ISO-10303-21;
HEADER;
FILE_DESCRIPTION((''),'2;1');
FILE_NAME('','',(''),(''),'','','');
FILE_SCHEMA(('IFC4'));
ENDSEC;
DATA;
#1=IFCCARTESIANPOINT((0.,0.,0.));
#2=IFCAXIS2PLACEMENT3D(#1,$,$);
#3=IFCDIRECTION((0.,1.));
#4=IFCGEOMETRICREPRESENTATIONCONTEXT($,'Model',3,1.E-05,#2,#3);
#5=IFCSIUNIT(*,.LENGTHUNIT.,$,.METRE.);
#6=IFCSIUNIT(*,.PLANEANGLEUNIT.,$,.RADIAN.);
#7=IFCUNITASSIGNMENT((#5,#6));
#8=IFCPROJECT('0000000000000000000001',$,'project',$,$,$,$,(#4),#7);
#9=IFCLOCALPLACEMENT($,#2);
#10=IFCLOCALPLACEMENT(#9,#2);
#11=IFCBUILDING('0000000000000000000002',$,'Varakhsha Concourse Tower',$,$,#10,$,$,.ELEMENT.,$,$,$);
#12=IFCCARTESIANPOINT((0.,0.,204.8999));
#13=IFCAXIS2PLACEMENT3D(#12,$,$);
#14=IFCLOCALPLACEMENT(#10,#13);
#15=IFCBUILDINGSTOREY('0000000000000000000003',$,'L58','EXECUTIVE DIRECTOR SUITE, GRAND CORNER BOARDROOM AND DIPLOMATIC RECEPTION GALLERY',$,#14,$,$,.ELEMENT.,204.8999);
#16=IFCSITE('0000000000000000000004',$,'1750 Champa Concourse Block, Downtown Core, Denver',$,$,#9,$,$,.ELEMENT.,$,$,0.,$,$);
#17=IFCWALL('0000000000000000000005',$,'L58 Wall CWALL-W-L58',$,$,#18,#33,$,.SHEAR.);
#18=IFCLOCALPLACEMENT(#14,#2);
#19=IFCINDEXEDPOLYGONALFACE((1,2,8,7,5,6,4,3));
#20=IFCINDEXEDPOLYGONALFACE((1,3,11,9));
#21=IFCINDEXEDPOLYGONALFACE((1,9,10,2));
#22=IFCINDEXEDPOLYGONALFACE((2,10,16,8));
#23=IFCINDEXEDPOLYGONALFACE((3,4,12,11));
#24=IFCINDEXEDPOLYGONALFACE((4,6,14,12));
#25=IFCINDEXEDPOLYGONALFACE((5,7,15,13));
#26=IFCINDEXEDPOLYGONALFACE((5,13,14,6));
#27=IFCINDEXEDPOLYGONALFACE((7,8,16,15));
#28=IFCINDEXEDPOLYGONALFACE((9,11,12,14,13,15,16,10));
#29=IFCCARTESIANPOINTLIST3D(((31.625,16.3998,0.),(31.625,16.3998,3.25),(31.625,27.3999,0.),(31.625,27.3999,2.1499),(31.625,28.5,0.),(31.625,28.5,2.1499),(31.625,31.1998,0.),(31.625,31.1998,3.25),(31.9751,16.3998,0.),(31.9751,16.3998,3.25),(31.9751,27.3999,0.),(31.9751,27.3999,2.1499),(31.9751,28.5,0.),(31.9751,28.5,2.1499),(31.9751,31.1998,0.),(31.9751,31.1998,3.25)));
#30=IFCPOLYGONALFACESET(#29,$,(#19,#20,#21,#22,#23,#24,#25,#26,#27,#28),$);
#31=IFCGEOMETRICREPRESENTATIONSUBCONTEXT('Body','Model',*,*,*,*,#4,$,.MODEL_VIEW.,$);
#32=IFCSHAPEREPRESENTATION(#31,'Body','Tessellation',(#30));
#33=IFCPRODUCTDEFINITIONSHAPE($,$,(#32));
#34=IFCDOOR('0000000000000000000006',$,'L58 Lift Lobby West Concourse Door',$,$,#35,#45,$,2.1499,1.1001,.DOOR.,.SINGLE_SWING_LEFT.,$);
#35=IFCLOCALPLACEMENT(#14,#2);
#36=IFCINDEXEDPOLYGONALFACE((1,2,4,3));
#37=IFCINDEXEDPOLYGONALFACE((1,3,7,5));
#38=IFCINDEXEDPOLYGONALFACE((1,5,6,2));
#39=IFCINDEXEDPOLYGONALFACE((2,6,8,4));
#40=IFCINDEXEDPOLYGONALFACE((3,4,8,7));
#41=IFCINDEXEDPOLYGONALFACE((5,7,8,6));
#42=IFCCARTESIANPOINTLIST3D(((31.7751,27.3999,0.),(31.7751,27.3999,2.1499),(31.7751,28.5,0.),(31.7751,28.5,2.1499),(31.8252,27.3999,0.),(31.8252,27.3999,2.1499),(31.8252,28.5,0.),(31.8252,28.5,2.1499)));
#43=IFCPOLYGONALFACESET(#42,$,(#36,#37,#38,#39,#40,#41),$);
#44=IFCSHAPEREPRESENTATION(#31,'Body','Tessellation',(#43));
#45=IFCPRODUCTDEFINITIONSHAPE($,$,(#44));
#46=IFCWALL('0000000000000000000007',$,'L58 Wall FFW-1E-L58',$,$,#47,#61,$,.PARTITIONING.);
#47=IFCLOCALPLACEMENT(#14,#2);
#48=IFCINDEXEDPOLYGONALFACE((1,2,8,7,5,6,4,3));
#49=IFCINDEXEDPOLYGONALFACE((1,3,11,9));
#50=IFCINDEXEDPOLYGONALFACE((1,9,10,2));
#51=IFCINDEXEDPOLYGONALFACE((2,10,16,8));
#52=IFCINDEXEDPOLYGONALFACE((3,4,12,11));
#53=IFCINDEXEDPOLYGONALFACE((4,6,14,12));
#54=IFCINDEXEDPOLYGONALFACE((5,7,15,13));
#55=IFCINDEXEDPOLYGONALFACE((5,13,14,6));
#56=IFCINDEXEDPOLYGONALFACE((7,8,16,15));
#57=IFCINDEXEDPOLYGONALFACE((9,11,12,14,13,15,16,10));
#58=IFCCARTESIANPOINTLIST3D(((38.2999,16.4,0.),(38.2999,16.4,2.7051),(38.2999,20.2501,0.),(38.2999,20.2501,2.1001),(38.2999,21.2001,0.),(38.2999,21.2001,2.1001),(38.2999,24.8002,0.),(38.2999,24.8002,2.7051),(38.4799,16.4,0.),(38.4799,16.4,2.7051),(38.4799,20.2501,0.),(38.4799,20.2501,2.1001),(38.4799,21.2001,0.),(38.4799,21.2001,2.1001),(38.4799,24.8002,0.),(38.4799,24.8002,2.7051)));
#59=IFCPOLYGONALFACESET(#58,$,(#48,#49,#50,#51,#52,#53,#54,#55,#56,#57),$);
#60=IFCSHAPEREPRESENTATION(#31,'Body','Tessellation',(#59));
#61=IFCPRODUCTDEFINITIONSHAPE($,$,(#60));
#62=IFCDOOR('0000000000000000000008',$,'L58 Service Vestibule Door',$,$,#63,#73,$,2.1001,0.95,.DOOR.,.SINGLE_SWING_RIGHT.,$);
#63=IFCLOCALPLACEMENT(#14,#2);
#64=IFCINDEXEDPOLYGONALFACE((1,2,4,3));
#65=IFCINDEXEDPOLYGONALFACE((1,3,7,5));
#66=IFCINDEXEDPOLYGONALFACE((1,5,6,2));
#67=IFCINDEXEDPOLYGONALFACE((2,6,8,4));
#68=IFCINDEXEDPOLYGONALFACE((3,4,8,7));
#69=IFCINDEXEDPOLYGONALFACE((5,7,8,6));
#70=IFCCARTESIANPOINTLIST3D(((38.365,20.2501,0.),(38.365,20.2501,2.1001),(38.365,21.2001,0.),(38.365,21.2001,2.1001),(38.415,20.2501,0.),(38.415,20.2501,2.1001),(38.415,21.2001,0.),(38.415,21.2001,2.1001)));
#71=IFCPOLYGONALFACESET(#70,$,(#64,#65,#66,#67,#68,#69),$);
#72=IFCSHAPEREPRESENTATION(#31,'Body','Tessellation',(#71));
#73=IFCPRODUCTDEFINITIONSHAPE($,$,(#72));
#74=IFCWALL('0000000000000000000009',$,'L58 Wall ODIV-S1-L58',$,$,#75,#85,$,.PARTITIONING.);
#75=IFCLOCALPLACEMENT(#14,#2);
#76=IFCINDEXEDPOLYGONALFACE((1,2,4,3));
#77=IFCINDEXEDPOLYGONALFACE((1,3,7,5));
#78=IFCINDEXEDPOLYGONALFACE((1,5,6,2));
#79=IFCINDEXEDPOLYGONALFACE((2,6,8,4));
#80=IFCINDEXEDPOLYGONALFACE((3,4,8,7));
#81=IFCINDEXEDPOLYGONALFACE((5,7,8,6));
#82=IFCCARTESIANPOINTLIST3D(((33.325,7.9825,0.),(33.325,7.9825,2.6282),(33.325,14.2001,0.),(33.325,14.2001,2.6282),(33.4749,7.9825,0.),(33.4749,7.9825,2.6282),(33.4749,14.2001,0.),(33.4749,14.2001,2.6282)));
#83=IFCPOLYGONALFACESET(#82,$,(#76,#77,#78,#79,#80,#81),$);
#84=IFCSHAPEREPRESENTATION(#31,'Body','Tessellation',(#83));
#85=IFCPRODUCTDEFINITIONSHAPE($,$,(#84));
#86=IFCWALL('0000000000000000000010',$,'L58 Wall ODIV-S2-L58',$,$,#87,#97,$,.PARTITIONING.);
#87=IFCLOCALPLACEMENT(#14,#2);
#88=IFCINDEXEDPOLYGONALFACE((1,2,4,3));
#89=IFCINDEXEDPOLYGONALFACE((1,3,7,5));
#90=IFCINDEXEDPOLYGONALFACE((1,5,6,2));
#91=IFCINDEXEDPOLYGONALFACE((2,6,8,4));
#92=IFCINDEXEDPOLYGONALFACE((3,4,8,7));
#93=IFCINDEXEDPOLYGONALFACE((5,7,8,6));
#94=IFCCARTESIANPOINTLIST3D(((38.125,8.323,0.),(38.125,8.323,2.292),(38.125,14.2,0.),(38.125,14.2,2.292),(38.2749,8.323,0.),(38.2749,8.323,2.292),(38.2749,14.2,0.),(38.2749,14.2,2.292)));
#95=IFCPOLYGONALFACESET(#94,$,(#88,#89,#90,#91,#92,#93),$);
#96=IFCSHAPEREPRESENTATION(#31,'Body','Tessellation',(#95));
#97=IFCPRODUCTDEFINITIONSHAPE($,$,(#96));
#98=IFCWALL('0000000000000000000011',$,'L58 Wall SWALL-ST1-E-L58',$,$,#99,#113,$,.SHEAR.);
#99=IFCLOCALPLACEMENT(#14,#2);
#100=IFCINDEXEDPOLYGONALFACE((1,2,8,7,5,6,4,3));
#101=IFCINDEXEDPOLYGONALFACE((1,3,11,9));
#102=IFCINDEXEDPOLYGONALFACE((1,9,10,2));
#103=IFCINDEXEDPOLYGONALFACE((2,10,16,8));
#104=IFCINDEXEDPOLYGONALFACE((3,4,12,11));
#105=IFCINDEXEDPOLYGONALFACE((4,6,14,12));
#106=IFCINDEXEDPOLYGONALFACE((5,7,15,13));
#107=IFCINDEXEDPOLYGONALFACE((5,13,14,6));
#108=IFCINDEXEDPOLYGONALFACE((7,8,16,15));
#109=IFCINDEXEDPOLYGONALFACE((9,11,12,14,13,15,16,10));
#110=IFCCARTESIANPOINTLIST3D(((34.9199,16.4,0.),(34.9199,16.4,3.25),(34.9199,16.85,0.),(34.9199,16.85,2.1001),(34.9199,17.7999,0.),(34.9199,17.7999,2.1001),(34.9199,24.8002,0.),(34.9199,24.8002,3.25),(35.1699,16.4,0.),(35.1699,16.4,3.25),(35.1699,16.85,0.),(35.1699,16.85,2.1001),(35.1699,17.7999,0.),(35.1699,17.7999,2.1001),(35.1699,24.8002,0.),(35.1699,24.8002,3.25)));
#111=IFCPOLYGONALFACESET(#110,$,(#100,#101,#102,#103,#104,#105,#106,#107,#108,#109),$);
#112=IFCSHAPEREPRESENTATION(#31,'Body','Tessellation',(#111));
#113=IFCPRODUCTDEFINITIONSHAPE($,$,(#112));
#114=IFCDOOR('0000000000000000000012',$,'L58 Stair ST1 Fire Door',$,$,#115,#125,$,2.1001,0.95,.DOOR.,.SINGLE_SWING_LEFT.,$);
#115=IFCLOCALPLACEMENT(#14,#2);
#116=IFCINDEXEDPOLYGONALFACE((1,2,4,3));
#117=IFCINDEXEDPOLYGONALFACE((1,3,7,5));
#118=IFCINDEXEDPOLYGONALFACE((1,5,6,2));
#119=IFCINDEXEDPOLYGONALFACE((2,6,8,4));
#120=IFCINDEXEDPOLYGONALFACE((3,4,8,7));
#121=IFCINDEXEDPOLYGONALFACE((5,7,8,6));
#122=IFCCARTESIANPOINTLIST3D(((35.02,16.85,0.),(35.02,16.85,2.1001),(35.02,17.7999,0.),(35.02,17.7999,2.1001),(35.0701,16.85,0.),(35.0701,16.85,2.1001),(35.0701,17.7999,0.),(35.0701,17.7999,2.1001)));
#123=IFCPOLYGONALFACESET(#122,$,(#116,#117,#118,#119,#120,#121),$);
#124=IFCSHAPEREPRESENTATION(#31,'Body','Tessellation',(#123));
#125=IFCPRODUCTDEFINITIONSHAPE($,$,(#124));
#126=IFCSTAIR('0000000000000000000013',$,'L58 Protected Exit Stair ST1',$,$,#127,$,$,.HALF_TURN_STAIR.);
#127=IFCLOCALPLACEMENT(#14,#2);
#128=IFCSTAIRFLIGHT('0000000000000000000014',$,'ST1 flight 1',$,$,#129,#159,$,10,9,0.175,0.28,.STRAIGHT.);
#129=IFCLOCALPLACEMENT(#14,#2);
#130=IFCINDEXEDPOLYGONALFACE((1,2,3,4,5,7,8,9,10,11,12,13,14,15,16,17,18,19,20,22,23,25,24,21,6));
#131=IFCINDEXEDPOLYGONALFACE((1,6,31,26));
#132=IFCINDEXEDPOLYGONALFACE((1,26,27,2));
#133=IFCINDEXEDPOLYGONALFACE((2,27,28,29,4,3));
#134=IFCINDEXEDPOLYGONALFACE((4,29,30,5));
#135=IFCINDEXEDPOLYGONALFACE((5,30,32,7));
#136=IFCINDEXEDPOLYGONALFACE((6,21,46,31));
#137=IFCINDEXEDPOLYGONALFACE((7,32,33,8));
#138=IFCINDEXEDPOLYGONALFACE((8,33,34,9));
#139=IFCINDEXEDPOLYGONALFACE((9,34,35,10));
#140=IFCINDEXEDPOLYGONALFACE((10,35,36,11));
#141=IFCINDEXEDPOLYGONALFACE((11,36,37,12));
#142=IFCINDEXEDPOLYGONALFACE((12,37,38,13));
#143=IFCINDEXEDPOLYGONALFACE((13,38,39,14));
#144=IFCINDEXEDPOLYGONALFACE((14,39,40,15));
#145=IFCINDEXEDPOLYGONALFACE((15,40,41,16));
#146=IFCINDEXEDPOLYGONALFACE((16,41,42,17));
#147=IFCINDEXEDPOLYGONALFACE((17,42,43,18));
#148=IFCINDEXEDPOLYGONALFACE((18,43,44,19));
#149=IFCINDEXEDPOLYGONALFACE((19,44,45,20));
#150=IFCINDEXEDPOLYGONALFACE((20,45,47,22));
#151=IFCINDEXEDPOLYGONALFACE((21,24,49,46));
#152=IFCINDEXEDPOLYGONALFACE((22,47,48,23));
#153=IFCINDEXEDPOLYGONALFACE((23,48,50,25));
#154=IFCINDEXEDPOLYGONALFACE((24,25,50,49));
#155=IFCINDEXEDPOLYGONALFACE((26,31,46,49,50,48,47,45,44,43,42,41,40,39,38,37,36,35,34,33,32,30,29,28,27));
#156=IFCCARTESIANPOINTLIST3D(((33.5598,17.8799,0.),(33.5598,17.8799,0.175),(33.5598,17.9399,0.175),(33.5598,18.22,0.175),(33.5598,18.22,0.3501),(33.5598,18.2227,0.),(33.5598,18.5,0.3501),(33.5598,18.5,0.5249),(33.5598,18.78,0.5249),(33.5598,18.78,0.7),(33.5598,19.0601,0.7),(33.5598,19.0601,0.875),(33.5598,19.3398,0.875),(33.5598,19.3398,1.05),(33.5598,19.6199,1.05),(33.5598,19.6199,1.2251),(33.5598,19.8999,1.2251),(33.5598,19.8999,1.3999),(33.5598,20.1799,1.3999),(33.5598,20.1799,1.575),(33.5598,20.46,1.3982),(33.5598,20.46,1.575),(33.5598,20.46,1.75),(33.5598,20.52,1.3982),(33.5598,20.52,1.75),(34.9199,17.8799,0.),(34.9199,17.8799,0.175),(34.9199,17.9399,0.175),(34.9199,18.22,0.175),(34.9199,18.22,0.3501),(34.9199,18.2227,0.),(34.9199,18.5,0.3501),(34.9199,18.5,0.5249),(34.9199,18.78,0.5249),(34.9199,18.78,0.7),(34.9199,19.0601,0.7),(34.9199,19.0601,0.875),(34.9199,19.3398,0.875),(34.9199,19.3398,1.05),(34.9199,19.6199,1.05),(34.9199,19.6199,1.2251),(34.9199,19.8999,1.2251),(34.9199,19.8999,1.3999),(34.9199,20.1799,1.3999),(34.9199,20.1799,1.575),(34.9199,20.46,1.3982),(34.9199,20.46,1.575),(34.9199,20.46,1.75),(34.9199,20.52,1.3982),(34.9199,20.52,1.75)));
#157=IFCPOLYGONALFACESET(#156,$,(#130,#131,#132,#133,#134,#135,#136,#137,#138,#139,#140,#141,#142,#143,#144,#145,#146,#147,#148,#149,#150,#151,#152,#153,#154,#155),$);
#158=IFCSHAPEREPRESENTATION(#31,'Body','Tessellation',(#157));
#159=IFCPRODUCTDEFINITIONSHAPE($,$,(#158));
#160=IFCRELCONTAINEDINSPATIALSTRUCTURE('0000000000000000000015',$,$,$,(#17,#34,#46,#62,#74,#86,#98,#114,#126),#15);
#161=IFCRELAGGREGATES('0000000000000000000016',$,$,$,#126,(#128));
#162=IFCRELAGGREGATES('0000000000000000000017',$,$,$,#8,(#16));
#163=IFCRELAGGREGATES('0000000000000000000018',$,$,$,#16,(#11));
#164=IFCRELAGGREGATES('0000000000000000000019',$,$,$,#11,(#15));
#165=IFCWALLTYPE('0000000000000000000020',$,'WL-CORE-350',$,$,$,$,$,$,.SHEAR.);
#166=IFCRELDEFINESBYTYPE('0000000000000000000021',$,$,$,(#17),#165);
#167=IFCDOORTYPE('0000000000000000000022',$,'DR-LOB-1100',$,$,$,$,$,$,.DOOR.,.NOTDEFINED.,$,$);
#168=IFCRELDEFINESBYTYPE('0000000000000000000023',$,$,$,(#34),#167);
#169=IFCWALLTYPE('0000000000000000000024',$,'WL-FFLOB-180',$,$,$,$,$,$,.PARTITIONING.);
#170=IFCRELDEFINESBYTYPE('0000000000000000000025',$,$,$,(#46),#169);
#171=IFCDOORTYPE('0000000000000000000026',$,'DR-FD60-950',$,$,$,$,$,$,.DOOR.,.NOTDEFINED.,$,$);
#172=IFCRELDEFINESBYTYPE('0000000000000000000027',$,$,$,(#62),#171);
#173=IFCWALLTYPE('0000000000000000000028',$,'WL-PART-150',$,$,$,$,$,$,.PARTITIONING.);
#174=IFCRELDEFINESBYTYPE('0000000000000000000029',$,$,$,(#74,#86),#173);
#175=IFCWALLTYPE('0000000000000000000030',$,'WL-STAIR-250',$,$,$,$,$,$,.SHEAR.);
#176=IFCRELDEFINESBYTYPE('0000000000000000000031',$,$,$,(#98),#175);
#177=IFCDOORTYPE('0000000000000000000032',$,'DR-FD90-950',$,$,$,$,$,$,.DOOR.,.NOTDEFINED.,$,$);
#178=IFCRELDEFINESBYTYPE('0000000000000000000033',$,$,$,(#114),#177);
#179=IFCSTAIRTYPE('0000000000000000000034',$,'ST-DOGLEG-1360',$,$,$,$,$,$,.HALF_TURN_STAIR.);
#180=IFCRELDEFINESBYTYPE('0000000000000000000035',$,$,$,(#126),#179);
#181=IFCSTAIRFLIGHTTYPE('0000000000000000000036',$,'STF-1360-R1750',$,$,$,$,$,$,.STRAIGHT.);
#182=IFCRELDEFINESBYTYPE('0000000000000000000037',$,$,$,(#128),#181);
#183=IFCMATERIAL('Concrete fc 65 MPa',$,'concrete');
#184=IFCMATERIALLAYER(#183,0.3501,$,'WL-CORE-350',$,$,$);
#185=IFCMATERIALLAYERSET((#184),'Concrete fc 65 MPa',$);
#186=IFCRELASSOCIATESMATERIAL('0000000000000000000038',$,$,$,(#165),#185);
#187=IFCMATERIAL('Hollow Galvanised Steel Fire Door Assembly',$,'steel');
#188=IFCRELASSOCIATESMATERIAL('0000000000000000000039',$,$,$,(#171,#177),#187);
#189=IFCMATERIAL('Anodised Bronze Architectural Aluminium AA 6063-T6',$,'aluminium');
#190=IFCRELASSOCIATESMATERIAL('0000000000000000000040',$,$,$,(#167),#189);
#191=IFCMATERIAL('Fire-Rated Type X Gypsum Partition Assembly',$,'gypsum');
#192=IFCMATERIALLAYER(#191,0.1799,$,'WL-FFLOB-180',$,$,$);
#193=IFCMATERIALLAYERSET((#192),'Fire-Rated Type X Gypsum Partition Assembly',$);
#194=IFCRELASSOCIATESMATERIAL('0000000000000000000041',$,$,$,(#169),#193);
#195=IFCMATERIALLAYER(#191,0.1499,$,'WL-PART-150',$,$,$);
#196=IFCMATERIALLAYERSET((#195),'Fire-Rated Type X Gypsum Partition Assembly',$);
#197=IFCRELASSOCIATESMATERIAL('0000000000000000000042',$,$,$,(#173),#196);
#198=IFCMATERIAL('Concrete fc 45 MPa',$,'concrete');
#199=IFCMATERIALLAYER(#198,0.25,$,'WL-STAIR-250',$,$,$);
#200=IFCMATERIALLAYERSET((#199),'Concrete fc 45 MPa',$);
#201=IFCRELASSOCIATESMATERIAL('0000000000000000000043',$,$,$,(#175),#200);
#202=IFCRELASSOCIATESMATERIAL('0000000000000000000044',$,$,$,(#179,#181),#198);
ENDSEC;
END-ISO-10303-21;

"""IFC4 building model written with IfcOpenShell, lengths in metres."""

from ifc_helpers import new_model, si_unit, direction, frame, frame_2d, origin, place, context, subcontext, project, spatial, polyline, rectangle, outline, extrude, material, layer, layer_set, type_object, element, fill, aggregate, save


model = new_model("IFC4")

# Units and contexts
model_context = context("Model", 3, precision=1e-05, world=origin(), true_north=direction((0.0, 1.0)))
body_context = subcontext(model_context, "Body", "Model", "MODEL_VIEW")
ifc_project = project(units=[si_unit("LENGTHUNIT", "METRE"), si_unit("PLANEANGLEUNIT", "RADIAN")], contexts=[model_context])

# Site, building, storey
site_placement = place(None, origin())
site = spatial("IfcSite", under=ifc_project, at=site_placement, Name="1750 Champa Concourse Block, Downtown Core, Denver", CompositionType="ELEMENT", RefElevation=0.0)
building_placement = place(site_placement, origin())
building = spatial("IfcBuilding", under=site, at=building_placement, Name="Varakhsha Concourse Tower", CompositionType="ELEMENT")
storey_placement = place(building_placement, frame((0.0, 0.0, 204.8999)))
storey = spatial("IfcBuildingStorey", under=building, at=storey_placement, Name="L58", Description="EXECUTIVE DIRECTOR SUITE, GRAND CORNER BOARDROOM AND DIPLOMATIC RECEPTION GALLERY", CompositionType="ELEMENT", Elevation=204.8999)

# Shared definitions
ifc_material_1 = material(Name="Concrete fc 65 MPa", Category="concrete")

# Shared definitions
ifc_material_2 = material(Name="Anodised Bronze Architectural Aluminium AA 6063-T6", Category="aluminium")

# Shared definitions
ifc_layer_1 = layer(ifc_material_1, 0.3501, Name="WL-CORE-350")
ifc_layer_set_1 = layer_set([ifc_layer_1], Name="Concrete fc 65 MPa")
wall_type_1 = type_object("IfcWallType", Name="WL-CORE-350", PredefinedType="SHEAR", material=ifc_layer_set_1)
ifc_material_3 = material(Name="Hollow Galvanised Steel Fire Door Assembly", Category="steel")
door_type_1 = type_object("IfcDoorType", Name="DR-FD60-950", OperationType="NOTDEFINED", PredefinedType="DOOR", material=ifc_material_3)

# Walls, openings, doors
wall_1_placement = place(storey_placement, frame((31.8, 16.3999, 0.0), z_axis=(0.0, 0.0, 1.0), x_axis=(0.0, 1.0, 0.0)))
wall_1 = element("IfcWall", 1, at=wall_1_placement, inside=storey, type_object=wall_type_1, Name="L58 Wall CWALL-W-L58", PredefinedType="SHEAR", context=body_context, shape_type="SweptSolid", body=[
    extrude(rectangle(XDim=14.8, YDim=0.3501, at=frame_2d((7.3999, 0.0))), origin(), (0.0, 0.0, 1.0), 3.25),
])
opening_1_placement = place(wall_1_placement, frame((11.0, 0.0, 0.0)))
opening_1 = element("IfcOpeningElement", 2, at=opening_1_placement, cuts=wall_1, PredefinedType="OPENING", context=body_context, shape_type="SweptSolid", body=[
    extrude(rectangle(XDim=1.1001, YDim=2.1499, at=frame_2d((0.55, 1.075))), frame((0.0, 0.1851, 0.0), z_axis=(0.0, -1.0, 0.0), x_axis=(1.0, 0.0, 0.0)), (0.0, 0.0, 1.0), 0.3701),
])
door_type_2 = type_object("IfcDoorType", Name="DR-LOB-1100", OperationType="NOTDEFINED", PredefinedType="DOOR", material=ifc_material_2)
door_1_placement = place(opening_1_placement, origin())
door_1 = element("IfcDoor", 3, at=door_1_placement, inside=storey, type_object=door_type_2, Name="L58 Lift Lobby West Concourse Door", OperationType="SINGLE_SWING_LEFT", OverallHeight=2.1499, OverallWidth=1.1001, PredefinedType="DOOR", context=body_context, shape_type="SweptSolid", body=[
    extrude(rectangle(XDim=1.1001, YDim=2.1499, at=frame_2d((0.55, 1.075))), frame((0.0, 0.0249, 0.0), z_axis=(0.0, -1.0, 0.0), x_axis=(1.0, 0.0, 0.0)), (0.0, 0.0, 1.0), 0.05),
])
fill(opening_1, door_1)
ifc_material_4 = material(Name="Fire-Rated Type X Gypsum Partition Assembly", Category="gypsum")
ifc_layer_2 = layer(ifc_material_4, 0.1799, Name="WL-FFLOB-180")
ifc_layer_set_2 = layer_set([ifc_layer_2], Name="Fire-Rated Type X Gypsum Partition Assembly")
wall_type_2 = type_object("IfcWallType", Name="WL-FFLOB-180", PredefinedType="PARTITIONING", material=ifc_layer_set_2)
wall_2_placement = place(storey_placement, frame((38.3899, 16.3999, 0.0), z_axis=(0.0, 0.0, 1.0), x_axis=(0.0, 1.0, 0.0)))
wall_2 = element("IfcWall", 4, at=wall_2_placement, inside=storey, type_object=wall_type_2, Name="L58 Wall FFW-1E-L58", PredefinedType="PARTITIONING", context=body_context, shape_type="SweptSolid", body=[
    extrude(rectangle(XDim=8.4001, YDim=0.1799, at=frame_2d((4.2002, 0.0))), origin(), (0.0, 0.0, 1.0), 2.7051),
])
opening_2_placement = place(wall_2_placement, frame((3.8501, 0.0, 0.0)))
opening_2 = element("IfcOpeningElement", 5, at=opening_2_placement, cuts=wall_2, PredefinedType="OPENING", context=body_context, shape_type="SweptSolid", body=[
    extrude(rectangle(XDim=0.95, YDim=2.1001, at=frame_2d((0.4751, 1.05))), frame((0.0, 0.0999, 0.0), z_axis=(0.0, -1.0, 0.0), x_axis=(1.0, 0.0, 0.0)), (0.0, 0.0, 1.0), 0.2),
])
door_2_placement = place(opening_2_placement, origin())
door_2 = element("IfcDoor", 6, at=door_2_placement, inside=storey, type_object=door_type_1, Name="L58 Service Vestibule Door", OperationType="SINGLE_SWING_RIGHT", OverallHeight=2.1001, OverallWidth=0.95, PredefinedType="DOOR", context=body_context, shape_type="SweptSolid", body=[
    extrude(rectangle(XDim=0.95, YDim=2.1001, at=frame_2d((0.4751, 1.05))), frame((0.0, 0.0249, 0.0), z_axis=(0.0, -1.0, 0.0), x_axis=(1.0, 0.0, 0.0)), (0.0, 0.0, 1.0), 0.05),
])
fill(opening_2, door_2)

# Walls
ifc_layer_3 = layer(ifc_material_4, 0.1499, Name="WL-PART-150")
ifc_layer_set_3 = layer_set([ifc_layer_3], Name="Fire-Rated Type X Gypsum Partition Assembly")
wall_type_3 = type_object("IfcWallType", Name="WL-PART-150", PredefinedType="PARTITIONING", material=ifc_layer_set_3)
wall_3_placement = place(storey_placement, frame((33.3999, 7.9824, 0.0), z_axis=(0.0, 0.0, 1.0), x_axis=(0.0, 1.0, 0.0)))
element("IfcWall", 7, at=wall_3_placement, inside=storey, type_object=wall_type_3, Name="L58 Wall ODIV-S1-L58", PredefinedType="PARTITIONING", context=body_context, shape_type="SweptSolid", body=[
    extrude(rectangle(XDim=6.2175, YDim=0.1499, at=frame_2d((3.1089, 0.0))), origin(), (0.0, 0.0, 1.0), 2.6282),
])
wall_4_placement = place(storey_placement, frame((38.2, 8.323, 0.0), z_axis=(0.0, 0.0, 1.0), x_axis=(0.0, 1.0, 0.0)))
element("IfcWall", 8, at=wall_4_placement, inside=storey, type_object=wall_type_3, Name="L58 Wall ODIV-S2-L58", PredefinedType="PARTITIONING", context=body_context, shape_type="SweptSolid", body=[
    extrude(rectangle(XDim=5.877, YDim=0.1499, at=frame_2d((2.9385, 0.0))), origin(), (0.0, 0.0, 1.0), 2.292),
])

# Wall, opening, door
ifc_material_5 = material(Name="Concrete fc 45 MPa", Category="concrete")
ifc_layer_4 = layer(ifc_material_5, 0.25, Name="WL-STAIR-250")
ifc_layer_set_4 = layer_set([ifc_layer_4], Name="Concrete fc 45 MPa")
wall_type_4 = type_object("IfcWallType", Name="WL-STAIR-250", PredefinedType="SHEAR", material=ifc_layer_set_4)
wall_5_placement = place(storey_placement, frame((35.0449, 16.3999, 0.0), z_axis=(0.0, 0.0, 1.0), x_axis=(0.0, 1.0, 0.0)))
wall_5 = element("IfcWall", 9, at=wall_5_placement, inside=storey, type_object=wall_type_4, Name="L58 Wall SWALL-ST1-E-L58", PredefinedType="SHEAR", context=body_context, shape_type="SweptSolid", body=[
    extrude(rectangle(XDim=8.4001, YDim=0.25, at=frame_2d((4.2002, 0.0))), origin(), (0.0, 0.0, 1.0), 3.25),
])
opening_3_placement = place(wall_5_placement, frame((0.45, 0.0, 0.0)))
opening_3 = element("IfcOpeningElement", 10, at=opening_3_placement, cuts=wall_5, PredefinedType="OPENING", context=body_context, shape_type="SweptSolid", body=[
    extrude(rectangle(XDim=0.95, YDim=2.1001, at=frame_2d((0.4751, 1.05))), frame((0.0, 0.135, 0.0), z_axis=(0.0, -1.0, 0.0), x_axis=(1.0, 0.0, 0.0)), (0.0, 0.0, 1.0), 0.27),
])
door_type_3 = type_object("IfcDoorType", Name="DR-FD90-950", OperationType="NOTDEFINED", PredefinedType="DOOR", material=ifc_material_3)
door_3_placement = place(opening_3_placement, origin())
door_3 = element("IfcDoor", 11, at=door_3_placement, inside=storey, type_object=door_type_3, Name="L58 Stair ST1 Fire Door", OperationType="SINGLE_SWING_LEFT", OverallHeight=2.1001, OverallWidth=0.95, PredefinedType="DOOR", context=body_context, shape_type="SweptSolid", body=[
    extrude(rectangle(XDim=0.95, YDim=2.1001, at=frame_2d((0.4751, 1.05))), frame((0.0, 0.0249, 0.0), z_axis=(0.0, -1.0, 0.0), x_axis=(1.0, 0.0, 0.0)), (0.0, 0.0, 1.0), 0.05),
])
fill(opening_3, door_3)

# Stair, stair flight
stair_type = type_object("IfcStairType", Name="ST-DOGLEG-1360", PredefinedType="HALF_TURN_STAIR", material=ifc_material_5)
stair_placement = place(storey_placement, origin())
stair = element("IfcStair", 12, at=stair_placement, inside=storey, type_object=stair_type, Name="L58 Protected Exit Stair ST1", PredefinedType="HALF_TURN_STAIR")
stair_flight_type = type_object("IfcStairFlightType", Name="STF-1360-R1750", PredefinedType="STRAIGHT", material=ifc_material_5)
stair_flight_1_placement = place(storey_placement, frame((34.24, 17.9399, 0.0), z_axis=(0.0, 0.0, 1.0), x_axis=(0.0, 1.0, 0.0)))
stair_flight_1 = element("IfcStairFlight", 13, at=stair_flight_1_placement, type_object=stair_flight_type, Name="ST1 flight 1", NumberOfRisers=10, NumberOfTreads=9, PredefinedType="STRAIGHT", RiserHeight=0.175, TreadLength=0.28, context=body_context, shape_type="SweptSolid", body=[
    extrude(outline(polyline([(-0.0601, 0.0), (-0.0601, 0.175), (0.0, 0.175), (0.28, 0.175), (0.28, 0.3501), (0.5601, 0.3501), (0.5601, 0.5249), (0.8401, 0.5249), (0.8401, 0.7), (1.1201, 0.7), (1.1201, 0.875), (1.3999, 0.875), (1.3999, 1.05), (1.6799, 1.05), (1.6799, 1.2251), (1.96, 1.2251), (1.96, 1.3999), (2.24, 1.3999), (2.24, 1.575), (2.52, 1.575), (2.52, 1.75), (2.5801, 1.75), (2.5801, 1.3982), (2.52, 1.3982), (0.2827, 0.0), (-0.0601, 0.0)])), frame((0.0, 0.6802, 0.0), z_axis=(0.0, -1.0, 0.0), x_axis=(1.0, 0.0, 0.0)), (0.0, 0.0, 1.0), 1.3601),
])
aggregate(stair, [stair_flight_1])

save(model, "model.ifc")
